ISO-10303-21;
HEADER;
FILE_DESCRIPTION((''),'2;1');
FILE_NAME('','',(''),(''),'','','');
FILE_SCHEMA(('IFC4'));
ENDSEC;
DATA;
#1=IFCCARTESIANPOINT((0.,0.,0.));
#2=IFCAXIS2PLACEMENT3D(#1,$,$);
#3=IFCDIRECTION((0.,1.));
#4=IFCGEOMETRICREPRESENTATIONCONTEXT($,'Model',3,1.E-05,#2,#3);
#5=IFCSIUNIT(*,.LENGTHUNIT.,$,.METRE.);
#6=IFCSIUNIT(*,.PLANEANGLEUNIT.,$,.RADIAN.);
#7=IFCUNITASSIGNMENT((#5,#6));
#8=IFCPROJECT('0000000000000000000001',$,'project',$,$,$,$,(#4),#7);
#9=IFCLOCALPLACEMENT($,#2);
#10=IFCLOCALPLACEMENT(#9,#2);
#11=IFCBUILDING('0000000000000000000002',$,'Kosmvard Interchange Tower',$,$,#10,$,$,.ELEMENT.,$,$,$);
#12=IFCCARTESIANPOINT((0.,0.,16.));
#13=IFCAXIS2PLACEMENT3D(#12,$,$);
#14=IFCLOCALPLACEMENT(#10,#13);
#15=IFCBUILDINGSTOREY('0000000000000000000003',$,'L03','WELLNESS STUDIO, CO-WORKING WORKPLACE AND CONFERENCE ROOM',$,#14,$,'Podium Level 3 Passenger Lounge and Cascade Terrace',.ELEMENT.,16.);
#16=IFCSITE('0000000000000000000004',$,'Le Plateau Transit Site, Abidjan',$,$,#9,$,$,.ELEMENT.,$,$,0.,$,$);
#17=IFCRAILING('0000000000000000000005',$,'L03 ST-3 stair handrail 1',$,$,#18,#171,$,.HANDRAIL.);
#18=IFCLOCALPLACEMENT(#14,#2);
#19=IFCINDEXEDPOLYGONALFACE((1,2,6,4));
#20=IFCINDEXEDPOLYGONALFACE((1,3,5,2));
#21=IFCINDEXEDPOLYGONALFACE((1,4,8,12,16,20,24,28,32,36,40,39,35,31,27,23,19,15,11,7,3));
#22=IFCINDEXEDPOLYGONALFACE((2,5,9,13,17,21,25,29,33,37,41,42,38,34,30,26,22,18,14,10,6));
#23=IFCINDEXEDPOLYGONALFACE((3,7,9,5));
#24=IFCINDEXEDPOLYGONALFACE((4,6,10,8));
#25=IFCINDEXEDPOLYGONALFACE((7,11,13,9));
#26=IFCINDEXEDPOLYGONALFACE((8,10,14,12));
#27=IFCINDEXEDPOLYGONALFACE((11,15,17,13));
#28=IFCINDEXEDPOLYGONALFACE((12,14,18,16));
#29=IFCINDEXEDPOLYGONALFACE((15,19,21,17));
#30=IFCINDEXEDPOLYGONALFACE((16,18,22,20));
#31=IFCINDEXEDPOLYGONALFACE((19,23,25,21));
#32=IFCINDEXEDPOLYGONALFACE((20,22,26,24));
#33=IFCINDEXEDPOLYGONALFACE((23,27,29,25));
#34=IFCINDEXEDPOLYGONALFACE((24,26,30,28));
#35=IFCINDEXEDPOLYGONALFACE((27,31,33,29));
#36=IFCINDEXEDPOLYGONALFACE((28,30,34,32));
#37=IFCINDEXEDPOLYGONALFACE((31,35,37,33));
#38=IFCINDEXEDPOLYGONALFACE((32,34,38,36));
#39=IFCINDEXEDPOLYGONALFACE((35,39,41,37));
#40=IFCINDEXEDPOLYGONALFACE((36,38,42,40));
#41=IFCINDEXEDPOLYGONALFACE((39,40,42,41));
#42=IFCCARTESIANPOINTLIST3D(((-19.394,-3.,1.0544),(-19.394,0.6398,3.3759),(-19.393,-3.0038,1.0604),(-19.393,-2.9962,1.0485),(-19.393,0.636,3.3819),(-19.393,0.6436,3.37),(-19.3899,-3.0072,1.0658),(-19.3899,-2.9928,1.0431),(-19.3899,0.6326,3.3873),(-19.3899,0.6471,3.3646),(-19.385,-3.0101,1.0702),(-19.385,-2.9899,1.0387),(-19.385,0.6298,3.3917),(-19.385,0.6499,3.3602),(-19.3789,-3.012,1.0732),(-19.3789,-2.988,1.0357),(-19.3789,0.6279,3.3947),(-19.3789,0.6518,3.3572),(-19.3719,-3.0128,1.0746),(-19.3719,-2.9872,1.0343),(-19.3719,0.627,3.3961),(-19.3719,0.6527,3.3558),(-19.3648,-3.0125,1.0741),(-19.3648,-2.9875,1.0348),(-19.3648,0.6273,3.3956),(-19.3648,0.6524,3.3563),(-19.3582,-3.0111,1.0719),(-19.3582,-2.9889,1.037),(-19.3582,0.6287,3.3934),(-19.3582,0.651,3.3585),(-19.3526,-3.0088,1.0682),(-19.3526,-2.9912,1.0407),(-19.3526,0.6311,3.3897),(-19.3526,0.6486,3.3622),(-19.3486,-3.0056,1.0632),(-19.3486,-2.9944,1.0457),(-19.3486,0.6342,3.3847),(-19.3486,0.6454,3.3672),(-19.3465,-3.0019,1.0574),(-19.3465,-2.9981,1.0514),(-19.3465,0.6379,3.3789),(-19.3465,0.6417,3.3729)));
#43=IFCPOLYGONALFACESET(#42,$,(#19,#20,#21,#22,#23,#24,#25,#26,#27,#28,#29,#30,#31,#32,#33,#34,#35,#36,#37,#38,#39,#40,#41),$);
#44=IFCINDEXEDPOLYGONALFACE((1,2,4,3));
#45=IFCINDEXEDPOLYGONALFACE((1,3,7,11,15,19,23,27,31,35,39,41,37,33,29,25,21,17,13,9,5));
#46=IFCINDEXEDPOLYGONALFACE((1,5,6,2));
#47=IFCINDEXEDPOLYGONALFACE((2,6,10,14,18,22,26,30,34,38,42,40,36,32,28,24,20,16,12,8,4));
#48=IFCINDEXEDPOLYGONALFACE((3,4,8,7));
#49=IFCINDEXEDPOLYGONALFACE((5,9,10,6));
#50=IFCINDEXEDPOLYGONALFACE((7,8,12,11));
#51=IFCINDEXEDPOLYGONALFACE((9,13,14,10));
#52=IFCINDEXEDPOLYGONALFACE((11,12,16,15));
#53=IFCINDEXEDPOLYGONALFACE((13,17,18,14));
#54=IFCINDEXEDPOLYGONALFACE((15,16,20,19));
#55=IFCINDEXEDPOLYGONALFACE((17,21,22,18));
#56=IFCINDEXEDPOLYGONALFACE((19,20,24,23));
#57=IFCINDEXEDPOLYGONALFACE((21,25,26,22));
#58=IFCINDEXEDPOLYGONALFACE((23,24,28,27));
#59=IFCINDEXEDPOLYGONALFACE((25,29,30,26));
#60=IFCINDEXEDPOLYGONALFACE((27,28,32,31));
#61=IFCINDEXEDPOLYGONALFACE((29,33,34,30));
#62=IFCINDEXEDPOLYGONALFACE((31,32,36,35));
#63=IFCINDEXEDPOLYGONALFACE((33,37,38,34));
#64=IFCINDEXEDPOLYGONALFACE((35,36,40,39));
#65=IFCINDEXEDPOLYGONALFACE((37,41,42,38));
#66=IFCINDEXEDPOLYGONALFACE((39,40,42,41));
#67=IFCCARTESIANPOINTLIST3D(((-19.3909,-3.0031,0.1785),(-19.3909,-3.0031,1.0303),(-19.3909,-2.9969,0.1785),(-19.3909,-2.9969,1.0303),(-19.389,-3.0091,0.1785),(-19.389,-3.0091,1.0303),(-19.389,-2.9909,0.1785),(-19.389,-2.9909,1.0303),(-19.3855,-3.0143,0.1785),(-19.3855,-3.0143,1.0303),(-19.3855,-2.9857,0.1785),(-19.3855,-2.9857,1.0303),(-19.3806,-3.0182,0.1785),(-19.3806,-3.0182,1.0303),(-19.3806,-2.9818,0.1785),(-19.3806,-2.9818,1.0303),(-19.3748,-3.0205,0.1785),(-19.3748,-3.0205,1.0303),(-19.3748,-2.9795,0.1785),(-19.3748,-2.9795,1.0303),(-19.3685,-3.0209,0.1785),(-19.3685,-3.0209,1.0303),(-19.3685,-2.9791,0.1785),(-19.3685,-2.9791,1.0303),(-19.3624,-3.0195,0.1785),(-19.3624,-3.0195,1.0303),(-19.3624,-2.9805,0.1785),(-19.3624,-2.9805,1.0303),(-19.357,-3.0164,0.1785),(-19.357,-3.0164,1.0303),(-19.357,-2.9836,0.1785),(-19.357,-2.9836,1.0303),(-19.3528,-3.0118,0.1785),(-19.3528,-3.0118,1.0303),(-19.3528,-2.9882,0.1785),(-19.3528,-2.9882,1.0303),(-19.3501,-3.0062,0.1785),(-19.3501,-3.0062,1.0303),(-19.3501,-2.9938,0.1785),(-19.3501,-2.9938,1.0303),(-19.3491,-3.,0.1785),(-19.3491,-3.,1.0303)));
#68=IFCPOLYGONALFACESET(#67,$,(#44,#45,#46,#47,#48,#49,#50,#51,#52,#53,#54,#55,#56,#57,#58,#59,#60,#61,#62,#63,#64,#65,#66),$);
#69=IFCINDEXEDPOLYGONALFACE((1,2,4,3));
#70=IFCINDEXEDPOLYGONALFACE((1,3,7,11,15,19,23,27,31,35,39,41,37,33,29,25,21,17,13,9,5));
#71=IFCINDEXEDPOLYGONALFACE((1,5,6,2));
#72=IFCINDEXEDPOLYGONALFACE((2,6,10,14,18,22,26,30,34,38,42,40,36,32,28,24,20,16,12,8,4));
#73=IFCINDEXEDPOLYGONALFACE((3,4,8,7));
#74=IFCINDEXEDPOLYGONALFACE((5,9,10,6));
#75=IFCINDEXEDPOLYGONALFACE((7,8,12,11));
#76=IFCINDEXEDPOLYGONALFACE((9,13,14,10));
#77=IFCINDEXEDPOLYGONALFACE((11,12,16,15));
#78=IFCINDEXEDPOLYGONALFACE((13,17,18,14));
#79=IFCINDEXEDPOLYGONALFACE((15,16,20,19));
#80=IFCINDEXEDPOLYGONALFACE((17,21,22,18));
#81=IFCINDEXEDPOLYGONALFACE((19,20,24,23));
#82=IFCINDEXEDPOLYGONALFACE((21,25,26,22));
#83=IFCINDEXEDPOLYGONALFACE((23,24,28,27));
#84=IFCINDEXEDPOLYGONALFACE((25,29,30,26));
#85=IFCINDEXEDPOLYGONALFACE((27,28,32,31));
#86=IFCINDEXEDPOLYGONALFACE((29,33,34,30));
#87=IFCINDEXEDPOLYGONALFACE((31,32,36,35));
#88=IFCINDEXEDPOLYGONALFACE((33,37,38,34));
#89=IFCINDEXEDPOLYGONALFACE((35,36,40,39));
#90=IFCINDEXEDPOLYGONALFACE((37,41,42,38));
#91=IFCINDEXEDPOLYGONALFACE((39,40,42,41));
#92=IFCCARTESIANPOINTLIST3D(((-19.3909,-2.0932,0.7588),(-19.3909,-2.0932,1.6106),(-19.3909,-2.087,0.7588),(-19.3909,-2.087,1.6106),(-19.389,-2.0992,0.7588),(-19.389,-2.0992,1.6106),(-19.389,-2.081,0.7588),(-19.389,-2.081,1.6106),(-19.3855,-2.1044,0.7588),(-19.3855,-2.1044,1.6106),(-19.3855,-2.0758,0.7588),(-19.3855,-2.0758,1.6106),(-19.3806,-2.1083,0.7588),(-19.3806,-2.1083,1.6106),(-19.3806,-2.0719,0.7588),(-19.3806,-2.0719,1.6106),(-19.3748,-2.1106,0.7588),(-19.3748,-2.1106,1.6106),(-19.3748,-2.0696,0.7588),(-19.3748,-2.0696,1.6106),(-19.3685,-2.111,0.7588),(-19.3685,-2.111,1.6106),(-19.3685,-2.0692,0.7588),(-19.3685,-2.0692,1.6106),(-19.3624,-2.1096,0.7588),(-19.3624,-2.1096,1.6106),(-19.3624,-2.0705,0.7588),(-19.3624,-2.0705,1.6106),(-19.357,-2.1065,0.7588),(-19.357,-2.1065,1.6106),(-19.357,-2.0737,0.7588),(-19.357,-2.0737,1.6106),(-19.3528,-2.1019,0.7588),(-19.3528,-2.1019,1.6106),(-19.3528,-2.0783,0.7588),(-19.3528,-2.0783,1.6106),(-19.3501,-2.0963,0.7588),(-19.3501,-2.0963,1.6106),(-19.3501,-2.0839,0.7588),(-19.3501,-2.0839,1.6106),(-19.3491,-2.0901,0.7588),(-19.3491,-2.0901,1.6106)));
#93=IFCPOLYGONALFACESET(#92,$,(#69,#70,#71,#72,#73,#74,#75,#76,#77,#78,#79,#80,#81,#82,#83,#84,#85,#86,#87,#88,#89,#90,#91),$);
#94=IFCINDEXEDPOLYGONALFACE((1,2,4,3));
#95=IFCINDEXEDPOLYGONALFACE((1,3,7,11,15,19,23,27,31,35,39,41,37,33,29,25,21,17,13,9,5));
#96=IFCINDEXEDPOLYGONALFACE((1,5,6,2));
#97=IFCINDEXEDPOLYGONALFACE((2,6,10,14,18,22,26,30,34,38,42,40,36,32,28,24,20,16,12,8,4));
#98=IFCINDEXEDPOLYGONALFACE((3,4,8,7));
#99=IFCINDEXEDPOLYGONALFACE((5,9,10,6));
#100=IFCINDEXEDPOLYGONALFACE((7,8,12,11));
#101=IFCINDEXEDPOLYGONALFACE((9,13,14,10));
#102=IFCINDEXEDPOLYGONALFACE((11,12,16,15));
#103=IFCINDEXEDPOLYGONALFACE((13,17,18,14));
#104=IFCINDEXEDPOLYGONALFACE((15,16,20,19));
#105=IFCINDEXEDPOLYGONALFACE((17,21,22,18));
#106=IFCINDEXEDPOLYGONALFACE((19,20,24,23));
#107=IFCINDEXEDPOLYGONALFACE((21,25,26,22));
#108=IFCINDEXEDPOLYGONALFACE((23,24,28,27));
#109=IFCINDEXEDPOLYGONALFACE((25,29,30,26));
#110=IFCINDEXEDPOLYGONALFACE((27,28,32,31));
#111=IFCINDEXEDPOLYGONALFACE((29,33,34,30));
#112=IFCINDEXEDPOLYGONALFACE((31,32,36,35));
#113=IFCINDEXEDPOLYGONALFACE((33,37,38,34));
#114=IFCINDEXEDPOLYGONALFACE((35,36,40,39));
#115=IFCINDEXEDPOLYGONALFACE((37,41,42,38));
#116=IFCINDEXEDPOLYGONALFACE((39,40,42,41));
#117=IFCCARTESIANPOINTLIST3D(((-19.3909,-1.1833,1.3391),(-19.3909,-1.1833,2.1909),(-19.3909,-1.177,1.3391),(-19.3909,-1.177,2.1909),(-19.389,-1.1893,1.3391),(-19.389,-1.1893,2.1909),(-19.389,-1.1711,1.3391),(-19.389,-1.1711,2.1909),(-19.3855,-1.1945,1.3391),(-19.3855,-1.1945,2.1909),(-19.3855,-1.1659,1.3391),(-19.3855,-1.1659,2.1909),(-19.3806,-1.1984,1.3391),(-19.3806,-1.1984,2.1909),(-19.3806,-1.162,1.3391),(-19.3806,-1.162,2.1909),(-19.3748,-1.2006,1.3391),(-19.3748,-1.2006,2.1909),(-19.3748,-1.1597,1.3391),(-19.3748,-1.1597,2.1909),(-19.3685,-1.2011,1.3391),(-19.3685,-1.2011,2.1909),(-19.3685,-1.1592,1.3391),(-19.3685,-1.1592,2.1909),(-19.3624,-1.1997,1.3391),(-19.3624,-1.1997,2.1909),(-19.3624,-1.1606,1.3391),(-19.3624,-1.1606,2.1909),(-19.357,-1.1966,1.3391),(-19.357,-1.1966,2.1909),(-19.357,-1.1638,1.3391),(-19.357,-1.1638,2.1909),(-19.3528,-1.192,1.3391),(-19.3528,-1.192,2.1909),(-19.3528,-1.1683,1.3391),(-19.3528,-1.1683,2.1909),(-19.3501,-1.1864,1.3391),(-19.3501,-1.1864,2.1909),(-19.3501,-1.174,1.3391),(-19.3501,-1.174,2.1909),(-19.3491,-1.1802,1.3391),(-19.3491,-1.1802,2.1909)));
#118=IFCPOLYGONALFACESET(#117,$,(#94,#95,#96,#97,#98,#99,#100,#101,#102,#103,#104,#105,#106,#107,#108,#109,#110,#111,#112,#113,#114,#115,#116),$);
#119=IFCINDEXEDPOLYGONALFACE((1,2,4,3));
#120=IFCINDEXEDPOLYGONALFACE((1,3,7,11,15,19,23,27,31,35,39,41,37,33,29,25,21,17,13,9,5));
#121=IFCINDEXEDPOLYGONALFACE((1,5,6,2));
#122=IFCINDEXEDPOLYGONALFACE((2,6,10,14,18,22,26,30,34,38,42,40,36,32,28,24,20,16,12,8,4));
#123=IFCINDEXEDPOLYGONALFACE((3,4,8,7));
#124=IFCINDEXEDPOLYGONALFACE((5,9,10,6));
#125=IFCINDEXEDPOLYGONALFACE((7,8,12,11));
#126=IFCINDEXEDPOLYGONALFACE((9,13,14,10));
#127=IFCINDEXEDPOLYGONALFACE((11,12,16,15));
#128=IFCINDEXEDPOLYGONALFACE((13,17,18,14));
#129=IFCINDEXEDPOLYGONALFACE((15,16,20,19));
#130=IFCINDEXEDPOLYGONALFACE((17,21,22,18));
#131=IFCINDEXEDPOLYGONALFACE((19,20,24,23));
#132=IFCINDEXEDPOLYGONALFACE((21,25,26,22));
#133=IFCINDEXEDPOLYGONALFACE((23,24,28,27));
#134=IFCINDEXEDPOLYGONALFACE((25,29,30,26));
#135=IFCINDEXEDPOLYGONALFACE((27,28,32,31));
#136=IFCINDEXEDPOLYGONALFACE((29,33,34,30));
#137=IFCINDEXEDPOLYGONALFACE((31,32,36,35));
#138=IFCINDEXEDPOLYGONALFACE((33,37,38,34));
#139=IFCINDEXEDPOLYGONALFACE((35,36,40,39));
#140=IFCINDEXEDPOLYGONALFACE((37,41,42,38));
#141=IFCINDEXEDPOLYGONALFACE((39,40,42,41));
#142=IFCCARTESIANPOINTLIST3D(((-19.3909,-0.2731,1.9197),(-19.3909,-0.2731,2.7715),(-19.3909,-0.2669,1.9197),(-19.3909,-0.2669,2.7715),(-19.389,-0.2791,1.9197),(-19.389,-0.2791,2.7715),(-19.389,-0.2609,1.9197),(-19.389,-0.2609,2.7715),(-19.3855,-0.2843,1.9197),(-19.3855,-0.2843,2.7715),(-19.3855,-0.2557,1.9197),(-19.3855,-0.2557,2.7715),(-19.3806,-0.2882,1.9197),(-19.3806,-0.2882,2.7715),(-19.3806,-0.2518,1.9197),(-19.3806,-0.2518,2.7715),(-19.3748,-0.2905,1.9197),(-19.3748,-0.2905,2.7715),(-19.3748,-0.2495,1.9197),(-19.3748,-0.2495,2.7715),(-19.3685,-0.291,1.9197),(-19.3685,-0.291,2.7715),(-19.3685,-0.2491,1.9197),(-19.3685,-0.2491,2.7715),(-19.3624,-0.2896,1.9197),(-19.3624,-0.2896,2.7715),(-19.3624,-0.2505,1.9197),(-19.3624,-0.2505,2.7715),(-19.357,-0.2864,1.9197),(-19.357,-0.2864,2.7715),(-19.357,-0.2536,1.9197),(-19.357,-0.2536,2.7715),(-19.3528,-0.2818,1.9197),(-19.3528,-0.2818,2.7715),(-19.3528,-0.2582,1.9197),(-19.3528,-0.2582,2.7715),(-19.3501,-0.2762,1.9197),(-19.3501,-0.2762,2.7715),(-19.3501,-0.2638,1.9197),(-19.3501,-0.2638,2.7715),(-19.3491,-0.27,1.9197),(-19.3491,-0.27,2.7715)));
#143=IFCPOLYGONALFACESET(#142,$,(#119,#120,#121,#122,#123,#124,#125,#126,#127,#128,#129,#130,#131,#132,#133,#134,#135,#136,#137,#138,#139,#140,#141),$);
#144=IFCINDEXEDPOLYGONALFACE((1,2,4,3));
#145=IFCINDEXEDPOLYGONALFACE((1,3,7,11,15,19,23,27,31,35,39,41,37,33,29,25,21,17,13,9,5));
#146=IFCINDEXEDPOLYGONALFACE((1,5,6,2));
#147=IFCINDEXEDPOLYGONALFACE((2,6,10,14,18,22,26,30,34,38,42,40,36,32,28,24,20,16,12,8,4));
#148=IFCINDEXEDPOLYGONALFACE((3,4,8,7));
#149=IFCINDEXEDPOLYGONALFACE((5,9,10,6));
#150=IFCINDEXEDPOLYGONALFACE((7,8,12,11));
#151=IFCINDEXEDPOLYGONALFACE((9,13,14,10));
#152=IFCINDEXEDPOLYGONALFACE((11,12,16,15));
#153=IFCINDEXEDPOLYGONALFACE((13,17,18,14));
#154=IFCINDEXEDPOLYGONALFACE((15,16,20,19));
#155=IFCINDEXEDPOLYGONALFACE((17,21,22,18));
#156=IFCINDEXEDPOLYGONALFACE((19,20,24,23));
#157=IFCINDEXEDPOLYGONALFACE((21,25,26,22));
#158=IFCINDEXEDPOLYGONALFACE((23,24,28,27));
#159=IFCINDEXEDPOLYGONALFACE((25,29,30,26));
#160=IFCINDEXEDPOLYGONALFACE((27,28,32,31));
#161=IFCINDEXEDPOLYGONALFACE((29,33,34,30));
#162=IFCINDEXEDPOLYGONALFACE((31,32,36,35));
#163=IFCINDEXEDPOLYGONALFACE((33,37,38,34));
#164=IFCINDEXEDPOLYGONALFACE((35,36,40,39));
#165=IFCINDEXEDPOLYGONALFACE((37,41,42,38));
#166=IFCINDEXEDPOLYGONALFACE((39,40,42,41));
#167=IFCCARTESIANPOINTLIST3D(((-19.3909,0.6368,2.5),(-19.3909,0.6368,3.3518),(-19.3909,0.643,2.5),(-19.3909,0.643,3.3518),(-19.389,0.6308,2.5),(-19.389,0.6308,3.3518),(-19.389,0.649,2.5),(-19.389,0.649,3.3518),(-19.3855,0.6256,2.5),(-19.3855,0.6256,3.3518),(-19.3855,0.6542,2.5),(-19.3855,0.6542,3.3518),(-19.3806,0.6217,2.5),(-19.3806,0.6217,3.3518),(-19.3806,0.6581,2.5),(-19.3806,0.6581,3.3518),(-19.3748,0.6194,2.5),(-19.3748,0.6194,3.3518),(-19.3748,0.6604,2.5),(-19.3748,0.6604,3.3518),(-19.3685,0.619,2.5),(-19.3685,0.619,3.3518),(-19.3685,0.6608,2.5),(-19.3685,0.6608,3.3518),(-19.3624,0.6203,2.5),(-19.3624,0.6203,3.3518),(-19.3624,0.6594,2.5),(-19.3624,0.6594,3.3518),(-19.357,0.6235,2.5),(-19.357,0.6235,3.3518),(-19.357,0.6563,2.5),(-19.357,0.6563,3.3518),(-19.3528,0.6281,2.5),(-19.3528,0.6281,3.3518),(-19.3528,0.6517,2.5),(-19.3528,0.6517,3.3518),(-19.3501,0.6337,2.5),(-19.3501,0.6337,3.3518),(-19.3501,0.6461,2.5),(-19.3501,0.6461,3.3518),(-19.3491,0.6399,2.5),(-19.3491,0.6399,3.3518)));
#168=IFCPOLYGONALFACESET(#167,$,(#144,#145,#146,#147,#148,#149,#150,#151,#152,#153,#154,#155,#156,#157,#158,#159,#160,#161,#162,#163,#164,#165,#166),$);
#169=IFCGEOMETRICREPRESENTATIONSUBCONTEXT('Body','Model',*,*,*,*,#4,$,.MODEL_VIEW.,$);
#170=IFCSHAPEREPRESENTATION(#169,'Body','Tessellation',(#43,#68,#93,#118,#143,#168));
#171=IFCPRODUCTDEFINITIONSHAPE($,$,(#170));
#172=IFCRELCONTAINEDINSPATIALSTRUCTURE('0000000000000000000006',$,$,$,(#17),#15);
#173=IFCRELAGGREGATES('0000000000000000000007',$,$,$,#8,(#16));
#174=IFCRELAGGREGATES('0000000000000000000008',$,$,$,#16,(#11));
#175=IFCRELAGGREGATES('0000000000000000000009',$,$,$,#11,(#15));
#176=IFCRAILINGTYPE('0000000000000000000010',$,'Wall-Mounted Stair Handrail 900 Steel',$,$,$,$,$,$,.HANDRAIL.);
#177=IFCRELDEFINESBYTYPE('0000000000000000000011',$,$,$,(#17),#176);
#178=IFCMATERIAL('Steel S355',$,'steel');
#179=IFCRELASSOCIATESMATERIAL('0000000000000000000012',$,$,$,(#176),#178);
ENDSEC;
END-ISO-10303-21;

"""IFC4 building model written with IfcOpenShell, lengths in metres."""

from ifc_helpers import new_model, si_unit, direction, frame, origin, origin_2d, place, context, subcontext, project, spatial, circle, extrude, source, transform, mapped, material, type_object, element, save


model = new_model("IFC4")

# Units and contexts
model_context = context("Model", 3, precision=1e-05, world=origin(), true_north=direction((0.0, 1.0)))
body_context = subcontext(model_context, "Body", "Model", "MODEL_VIEW")
ifc_project = project(units=[si_unit("LENGTHUNIT", "METRE"), si_unit("PLANEANGLEUNIT", "RADIAN")], contexts=[model_context])

# Site, building, storey
site_placement = place(None, origin())
site = spatial("IfcSite", under=ifc_project, at=site_placement, Name="Le Plateau Transit Site, Abidjan", CompositionType="ELEMENT", RefElevation=0.0)
building_placement = place(site_placement, origin())
building = spatial("IfcBuilding", under=site, at=building_placement, Name="Kosmvard Interchange Tower", CompositionType="ELEMENT")
storey_placement = place(building_placement, frame((0.0, 0.0, 16.0)))
storey = spatial("IfcBuildingStorey", under=building, at=storey_placement, Name="L03", Description="WELLNESS STUDIO, CO-WORKING WORKPLACE AND CONFERENCE ROOM", LongName="Podium Level 3 Passenger Lounge and Cascade Terrace", CompositionType="ELEMENT", Elevation=16.0)

# Shared definitions
ifc_material_1 = material(Name="Steel S355", Category="steel")

# Railing
railing_type_1 = type_object("IfcRailingType", Name="Wall-Mounted Stair Handrail 900 Steel", PredefinedType="HANDRAIL", material=ifc_material_1)
shared_shape_1 = source(origin(), body_context, "Body", "SweptSolid", [
    extrude(circle(Radius=0.0239, at=origin_2d()), frame((0.0, 0.0, 0.876), z_axis=(0.0, 0.843112, 0.537739), x_axis=(-1.0, 0.0, 0.0)), (0.0, 0.0, 1.0), 4.3171),
    extrude(circle(Radius=0.021, at=origin_2d()), origin(), (0.0, 0.0, 1.0), 0.8518),
    extrude(circle(Radius=0.021, at=origin_2d()), frame((0.0, 0.9099, 0.5803)), (0.0, 0.0, 1.0), 0.8518),
    extrude(circle(Radius=0.021, at=origin_2d()), frame((0.0, 1.8198, 1.1606)), (0.0, 0.0, 1.0), 0.8518),
    extrude(circle(Radius=0.021, at=origin_2d()), frame((0.0, 2.73, 1.7412)), (0.0, 0.0, 1.0), 0.8518),
    extrude(circle(Radius=0.021, at=origin_2d()), frame((0.0, 3.6399, 2.3215)), (0.0, 0.0, 1.0), 0.8518),
])
railing_1_placement = place(storey_placement, frame((-19.3701, -3.0, 0.1785)))
element("IfcRailing", 1, at=railing_1_placement, inside=storey, type_object=railing_type_1, Name="L03 ST-3 stair handrail 1", PredefinedType="HANDRAIL", context=body_context, shape_type="MappedRepresentation", body=[
    mapped(shared_shape_1, transform((0.0, 0.0, 0.0), scale=1.0)),
])

save(model, "model.ifc")
